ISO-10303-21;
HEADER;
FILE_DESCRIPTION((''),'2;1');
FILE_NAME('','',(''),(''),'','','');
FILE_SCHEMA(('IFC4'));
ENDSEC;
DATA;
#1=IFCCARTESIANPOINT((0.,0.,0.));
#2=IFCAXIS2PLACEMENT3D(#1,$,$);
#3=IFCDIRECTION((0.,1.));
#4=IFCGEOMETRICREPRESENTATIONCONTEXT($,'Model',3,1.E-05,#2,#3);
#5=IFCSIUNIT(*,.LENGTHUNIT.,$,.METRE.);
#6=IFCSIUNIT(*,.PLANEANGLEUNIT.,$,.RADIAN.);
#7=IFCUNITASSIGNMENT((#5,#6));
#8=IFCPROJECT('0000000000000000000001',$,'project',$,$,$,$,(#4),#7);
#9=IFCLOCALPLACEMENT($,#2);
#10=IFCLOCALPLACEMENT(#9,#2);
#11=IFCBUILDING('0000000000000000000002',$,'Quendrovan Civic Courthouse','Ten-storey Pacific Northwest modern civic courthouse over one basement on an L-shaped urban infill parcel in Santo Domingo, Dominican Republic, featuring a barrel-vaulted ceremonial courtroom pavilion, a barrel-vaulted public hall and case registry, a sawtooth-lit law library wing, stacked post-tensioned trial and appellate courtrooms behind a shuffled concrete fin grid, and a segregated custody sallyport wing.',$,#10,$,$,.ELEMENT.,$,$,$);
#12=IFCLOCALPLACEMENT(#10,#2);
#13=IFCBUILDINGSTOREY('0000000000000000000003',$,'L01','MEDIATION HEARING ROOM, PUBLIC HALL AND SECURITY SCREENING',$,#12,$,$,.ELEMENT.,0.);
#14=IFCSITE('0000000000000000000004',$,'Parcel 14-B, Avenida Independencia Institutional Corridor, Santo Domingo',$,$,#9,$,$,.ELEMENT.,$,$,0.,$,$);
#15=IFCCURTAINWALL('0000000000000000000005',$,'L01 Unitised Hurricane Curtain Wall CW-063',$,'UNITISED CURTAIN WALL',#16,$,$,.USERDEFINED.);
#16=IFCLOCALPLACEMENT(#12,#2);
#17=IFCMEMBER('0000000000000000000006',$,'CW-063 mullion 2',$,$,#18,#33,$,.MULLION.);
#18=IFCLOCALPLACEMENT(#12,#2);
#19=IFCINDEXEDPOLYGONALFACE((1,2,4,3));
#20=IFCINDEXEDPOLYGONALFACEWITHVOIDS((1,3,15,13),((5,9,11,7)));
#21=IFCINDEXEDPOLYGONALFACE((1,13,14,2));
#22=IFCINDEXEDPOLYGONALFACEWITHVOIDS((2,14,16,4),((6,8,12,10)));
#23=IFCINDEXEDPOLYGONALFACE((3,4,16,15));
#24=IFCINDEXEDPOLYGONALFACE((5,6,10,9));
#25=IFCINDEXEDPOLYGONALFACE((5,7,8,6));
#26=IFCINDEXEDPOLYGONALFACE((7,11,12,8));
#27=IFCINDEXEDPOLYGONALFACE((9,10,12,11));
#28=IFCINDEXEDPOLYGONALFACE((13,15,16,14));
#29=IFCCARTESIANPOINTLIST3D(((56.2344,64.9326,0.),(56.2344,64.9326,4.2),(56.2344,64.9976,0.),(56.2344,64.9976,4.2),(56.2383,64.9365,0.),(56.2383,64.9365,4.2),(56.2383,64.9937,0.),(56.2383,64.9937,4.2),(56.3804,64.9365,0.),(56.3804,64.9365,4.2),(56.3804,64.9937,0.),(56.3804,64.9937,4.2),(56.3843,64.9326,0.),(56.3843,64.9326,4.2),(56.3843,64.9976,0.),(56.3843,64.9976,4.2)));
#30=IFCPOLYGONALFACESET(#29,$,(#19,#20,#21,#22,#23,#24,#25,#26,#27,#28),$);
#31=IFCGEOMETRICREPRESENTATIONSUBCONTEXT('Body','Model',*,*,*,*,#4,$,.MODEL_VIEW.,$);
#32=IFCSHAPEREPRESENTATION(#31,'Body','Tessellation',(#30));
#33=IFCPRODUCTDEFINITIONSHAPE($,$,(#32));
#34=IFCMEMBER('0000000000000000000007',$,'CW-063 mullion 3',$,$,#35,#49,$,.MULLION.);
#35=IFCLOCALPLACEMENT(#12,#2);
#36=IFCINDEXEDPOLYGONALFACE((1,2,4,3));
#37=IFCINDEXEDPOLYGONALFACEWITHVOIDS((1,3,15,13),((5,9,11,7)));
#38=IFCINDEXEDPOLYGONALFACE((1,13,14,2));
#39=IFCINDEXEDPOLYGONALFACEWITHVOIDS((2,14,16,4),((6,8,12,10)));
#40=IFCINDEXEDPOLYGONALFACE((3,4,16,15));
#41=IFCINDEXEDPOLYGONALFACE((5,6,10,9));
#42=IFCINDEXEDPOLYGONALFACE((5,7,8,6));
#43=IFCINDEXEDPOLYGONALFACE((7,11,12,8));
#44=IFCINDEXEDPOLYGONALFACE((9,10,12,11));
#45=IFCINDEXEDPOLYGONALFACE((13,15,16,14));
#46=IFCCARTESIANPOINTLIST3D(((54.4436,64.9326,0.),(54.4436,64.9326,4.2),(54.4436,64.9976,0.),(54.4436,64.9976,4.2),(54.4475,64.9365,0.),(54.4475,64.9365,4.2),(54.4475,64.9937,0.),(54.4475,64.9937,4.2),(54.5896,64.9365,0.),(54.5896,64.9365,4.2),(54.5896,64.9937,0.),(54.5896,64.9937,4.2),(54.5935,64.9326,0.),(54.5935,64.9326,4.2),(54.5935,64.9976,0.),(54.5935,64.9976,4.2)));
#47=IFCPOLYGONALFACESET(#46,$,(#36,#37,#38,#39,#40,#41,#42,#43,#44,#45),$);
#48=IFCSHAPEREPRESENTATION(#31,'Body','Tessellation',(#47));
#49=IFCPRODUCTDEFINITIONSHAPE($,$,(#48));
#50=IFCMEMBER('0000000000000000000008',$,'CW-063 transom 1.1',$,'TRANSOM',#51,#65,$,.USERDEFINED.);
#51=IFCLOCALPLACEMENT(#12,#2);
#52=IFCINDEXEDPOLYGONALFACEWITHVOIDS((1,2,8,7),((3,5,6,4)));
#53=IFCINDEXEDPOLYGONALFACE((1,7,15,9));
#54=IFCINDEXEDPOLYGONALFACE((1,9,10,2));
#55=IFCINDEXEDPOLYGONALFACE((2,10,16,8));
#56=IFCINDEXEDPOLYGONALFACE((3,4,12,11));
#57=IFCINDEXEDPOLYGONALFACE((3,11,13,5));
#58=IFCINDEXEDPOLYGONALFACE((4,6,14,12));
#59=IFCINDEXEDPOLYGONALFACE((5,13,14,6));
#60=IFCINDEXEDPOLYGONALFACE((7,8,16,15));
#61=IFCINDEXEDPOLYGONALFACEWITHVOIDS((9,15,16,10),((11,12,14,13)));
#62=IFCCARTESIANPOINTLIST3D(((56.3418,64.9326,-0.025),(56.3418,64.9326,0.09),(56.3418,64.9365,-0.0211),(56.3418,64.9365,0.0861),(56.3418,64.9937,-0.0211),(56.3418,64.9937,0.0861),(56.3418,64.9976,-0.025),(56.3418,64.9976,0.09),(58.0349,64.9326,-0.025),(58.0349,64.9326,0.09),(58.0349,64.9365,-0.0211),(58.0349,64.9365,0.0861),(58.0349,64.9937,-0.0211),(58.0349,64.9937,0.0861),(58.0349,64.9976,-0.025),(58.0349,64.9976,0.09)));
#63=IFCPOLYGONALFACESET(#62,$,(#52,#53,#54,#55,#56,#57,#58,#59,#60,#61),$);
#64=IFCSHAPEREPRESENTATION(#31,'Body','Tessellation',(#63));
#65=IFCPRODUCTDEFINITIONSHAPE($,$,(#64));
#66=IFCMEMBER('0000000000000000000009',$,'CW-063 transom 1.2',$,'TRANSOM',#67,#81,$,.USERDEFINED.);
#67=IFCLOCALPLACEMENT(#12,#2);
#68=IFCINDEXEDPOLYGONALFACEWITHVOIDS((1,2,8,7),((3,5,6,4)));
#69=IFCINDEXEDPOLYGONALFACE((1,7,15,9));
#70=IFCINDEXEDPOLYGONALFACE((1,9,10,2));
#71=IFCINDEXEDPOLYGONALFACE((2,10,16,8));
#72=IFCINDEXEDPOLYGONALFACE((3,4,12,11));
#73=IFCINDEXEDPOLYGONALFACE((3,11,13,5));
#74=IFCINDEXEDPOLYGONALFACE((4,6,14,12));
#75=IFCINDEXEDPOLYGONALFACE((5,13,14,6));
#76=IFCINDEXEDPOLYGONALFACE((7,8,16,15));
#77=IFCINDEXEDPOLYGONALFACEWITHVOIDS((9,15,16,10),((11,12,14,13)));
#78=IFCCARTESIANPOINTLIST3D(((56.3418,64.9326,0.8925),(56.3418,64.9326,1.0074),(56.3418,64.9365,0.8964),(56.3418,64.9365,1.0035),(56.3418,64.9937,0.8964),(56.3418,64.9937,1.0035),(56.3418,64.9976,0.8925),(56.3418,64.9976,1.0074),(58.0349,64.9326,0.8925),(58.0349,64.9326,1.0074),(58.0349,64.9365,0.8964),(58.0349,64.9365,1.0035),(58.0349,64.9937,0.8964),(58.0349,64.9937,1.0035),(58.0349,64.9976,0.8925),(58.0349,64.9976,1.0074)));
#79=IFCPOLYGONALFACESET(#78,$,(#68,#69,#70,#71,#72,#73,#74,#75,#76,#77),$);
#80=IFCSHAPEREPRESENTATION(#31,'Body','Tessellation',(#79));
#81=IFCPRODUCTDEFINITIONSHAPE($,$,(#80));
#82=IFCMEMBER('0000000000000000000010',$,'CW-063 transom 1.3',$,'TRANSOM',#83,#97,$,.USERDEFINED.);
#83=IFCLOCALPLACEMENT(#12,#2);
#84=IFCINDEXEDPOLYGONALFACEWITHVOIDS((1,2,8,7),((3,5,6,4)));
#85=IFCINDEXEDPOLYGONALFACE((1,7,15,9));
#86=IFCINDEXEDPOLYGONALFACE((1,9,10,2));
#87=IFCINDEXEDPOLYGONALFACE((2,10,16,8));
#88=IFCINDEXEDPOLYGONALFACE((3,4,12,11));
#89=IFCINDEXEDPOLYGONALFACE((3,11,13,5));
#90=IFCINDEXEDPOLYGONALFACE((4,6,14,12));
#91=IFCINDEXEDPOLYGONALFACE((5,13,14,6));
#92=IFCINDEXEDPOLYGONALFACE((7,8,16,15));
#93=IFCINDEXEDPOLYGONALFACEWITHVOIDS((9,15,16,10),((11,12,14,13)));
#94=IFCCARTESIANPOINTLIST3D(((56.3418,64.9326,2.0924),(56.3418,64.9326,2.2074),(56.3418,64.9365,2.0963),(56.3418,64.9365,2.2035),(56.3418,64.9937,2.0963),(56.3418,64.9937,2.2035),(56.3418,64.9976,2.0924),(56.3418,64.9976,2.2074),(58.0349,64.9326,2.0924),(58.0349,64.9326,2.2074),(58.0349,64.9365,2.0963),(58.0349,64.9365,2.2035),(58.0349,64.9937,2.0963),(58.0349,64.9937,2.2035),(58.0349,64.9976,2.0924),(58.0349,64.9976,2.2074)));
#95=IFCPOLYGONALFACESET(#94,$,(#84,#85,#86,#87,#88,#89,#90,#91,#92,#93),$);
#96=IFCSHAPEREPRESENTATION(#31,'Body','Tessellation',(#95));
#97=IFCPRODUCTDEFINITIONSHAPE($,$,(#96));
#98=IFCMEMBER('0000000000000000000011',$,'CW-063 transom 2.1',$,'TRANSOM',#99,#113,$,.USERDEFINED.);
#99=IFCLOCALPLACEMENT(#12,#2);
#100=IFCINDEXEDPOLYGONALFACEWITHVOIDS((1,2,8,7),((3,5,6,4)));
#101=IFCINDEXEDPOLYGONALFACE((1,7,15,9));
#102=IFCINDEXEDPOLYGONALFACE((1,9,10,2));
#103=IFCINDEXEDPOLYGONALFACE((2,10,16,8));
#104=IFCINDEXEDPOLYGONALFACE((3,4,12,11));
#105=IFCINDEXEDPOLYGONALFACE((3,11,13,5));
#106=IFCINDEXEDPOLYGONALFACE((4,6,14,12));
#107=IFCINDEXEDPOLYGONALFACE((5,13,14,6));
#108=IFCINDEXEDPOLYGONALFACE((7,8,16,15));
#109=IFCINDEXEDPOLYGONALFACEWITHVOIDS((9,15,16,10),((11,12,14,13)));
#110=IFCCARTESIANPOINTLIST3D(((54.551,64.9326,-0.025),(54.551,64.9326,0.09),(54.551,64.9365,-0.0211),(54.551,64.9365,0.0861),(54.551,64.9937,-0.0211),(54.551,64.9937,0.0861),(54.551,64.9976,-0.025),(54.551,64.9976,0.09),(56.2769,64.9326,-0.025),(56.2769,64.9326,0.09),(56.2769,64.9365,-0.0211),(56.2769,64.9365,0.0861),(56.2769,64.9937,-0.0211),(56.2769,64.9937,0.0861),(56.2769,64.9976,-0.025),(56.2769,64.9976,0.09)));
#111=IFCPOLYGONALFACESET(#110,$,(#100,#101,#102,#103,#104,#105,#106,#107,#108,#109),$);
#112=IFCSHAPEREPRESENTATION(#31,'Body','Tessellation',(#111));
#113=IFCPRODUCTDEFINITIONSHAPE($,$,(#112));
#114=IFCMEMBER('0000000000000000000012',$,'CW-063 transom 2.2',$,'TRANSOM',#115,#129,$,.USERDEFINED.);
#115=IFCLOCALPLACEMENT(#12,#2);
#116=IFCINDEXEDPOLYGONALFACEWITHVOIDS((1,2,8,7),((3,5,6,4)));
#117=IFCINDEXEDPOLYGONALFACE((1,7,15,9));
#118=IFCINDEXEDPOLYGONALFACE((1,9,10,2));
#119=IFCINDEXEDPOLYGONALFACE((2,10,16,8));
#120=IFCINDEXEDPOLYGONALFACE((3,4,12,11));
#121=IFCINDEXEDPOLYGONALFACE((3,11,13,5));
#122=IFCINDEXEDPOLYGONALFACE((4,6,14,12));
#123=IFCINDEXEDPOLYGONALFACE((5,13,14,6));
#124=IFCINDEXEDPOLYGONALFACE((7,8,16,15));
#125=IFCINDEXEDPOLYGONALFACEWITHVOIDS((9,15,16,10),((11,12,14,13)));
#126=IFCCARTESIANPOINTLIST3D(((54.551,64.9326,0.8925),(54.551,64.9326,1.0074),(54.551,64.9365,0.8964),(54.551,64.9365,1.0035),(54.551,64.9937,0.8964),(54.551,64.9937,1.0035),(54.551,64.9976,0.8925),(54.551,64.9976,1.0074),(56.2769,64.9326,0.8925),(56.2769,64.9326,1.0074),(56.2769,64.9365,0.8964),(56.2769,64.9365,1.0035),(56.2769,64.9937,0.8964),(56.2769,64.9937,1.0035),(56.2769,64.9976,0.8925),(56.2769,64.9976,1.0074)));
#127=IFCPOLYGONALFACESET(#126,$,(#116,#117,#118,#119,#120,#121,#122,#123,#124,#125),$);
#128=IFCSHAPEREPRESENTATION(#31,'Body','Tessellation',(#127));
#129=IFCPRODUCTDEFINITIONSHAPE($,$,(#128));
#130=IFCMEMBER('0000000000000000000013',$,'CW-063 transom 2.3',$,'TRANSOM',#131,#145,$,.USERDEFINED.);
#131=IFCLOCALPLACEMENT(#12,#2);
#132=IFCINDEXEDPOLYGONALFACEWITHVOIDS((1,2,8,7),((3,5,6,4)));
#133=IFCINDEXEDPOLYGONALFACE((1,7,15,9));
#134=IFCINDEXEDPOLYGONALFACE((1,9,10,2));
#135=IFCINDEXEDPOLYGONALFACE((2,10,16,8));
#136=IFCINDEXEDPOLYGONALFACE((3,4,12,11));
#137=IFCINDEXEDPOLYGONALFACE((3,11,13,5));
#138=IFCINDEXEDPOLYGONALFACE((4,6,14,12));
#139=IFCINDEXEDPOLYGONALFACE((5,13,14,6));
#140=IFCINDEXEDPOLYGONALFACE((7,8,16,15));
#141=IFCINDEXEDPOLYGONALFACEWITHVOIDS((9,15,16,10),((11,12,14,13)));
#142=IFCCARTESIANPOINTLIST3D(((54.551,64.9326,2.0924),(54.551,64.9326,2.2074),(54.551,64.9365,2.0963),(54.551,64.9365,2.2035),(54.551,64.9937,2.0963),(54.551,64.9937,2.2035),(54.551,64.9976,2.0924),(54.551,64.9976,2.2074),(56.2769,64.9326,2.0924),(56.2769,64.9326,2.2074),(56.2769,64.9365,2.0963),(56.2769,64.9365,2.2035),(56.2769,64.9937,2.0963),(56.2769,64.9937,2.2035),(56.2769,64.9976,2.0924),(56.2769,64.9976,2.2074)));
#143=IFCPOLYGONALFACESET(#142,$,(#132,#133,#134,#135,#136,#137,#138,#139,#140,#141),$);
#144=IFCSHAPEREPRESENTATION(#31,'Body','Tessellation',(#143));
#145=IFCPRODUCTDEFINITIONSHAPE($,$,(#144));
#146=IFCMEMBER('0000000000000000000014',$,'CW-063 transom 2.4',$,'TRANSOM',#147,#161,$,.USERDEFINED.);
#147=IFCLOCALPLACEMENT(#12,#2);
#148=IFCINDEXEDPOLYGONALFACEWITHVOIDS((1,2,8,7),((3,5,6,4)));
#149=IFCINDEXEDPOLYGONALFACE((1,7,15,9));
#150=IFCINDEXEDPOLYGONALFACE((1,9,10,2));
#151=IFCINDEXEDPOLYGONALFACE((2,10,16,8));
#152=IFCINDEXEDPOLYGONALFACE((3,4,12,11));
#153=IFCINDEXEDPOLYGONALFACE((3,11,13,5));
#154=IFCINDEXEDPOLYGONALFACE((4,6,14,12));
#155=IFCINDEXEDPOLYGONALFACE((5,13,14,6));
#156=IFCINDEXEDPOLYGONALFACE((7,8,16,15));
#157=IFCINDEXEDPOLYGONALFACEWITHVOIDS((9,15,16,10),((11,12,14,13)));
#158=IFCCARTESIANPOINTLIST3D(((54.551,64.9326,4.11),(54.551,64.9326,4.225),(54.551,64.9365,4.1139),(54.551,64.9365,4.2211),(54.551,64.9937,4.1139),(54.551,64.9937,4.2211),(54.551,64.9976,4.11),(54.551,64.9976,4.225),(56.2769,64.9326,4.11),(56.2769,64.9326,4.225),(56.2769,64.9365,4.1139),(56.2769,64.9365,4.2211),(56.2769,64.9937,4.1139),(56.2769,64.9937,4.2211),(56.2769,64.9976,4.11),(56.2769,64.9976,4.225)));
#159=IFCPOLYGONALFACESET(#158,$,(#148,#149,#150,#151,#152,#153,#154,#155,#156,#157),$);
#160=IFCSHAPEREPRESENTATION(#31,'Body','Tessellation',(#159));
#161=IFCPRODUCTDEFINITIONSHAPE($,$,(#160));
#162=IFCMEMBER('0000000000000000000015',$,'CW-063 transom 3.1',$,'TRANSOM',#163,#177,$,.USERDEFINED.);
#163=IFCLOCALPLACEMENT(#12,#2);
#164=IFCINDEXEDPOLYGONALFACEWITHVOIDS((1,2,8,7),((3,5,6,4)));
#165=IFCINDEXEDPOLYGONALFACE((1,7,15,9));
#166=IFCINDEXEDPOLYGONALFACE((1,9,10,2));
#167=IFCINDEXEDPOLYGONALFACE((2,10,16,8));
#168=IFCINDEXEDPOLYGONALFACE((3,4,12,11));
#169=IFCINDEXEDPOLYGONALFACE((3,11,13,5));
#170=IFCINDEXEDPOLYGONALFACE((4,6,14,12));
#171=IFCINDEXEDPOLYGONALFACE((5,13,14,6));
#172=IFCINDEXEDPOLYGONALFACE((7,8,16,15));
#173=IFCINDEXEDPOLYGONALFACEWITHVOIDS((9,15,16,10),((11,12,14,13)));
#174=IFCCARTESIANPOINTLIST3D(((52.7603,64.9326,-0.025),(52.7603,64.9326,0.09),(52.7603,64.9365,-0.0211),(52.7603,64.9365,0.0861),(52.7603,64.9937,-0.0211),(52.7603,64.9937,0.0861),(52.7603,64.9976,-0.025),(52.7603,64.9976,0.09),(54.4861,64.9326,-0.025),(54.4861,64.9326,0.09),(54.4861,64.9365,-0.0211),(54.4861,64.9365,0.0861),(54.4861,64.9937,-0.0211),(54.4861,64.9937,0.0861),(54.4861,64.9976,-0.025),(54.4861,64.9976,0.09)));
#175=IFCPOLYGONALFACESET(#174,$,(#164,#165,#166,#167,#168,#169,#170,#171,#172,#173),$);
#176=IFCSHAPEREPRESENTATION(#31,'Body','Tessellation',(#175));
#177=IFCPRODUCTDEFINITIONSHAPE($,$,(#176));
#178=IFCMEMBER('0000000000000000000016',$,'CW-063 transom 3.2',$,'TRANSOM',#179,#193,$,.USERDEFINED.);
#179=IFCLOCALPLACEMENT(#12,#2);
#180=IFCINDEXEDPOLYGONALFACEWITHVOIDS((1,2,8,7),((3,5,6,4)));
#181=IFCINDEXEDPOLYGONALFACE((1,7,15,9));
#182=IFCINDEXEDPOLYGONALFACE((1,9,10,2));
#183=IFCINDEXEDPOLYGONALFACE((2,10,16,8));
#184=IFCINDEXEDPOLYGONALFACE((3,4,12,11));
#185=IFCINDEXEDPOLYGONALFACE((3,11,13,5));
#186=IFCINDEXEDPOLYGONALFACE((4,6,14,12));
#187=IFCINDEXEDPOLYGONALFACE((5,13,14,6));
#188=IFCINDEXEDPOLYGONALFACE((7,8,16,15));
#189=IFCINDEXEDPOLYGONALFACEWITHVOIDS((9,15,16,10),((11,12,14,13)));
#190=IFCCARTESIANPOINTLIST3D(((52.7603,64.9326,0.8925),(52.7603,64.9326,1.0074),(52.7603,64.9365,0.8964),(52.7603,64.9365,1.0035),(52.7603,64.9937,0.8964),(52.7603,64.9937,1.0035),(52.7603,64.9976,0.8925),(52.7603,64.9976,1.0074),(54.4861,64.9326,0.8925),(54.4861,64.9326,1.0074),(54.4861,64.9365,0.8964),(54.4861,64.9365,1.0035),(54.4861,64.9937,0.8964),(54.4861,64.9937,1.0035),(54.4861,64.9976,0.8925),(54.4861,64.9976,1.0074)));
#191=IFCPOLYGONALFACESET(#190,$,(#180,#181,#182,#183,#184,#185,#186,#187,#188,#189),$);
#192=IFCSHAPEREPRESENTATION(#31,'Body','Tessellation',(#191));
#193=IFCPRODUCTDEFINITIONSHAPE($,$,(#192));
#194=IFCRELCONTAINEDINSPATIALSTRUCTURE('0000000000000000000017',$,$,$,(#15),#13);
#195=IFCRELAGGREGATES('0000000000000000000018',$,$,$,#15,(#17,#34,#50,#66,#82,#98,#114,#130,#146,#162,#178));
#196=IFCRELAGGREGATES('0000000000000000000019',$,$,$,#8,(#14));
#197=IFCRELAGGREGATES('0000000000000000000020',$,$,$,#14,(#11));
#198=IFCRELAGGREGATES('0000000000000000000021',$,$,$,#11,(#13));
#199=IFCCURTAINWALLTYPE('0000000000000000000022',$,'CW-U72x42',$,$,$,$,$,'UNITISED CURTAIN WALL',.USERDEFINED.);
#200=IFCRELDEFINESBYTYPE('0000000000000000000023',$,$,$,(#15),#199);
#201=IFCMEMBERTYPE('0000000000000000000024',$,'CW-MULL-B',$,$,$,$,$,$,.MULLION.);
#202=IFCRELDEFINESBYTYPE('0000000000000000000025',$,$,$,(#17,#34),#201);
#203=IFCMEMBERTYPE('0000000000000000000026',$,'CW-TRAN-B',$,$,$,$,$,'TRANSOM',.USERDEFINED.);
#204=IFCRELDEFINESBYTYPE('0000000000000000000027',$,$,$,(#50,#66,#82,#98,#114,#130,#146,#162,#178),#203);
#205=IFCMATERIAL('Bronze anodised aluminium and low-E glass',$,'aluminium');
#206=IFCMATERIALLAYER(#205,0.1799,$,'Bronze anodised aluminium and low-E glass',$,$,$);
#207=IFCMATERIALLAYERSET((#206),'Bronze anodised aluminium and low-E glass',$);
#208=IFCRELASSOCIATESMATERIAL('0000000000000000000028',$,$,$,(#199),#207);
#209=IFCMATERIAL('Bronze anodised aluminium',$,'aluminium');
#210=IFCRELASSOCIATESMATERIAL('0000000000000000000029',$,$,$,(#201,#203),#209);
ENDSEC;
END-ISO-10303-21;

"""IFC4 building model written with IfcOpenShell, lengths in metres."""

from ifc_helpers import new_model, si_unit, direction, frame, origin, origin_2d, place, context, subcontext, project, spatial, hollow_rectangle, extrude, material, layer, layer_set, material_profile, profile_set, type_object, element, aggregate, save


model = new_model("IFC4")

# Units and contexts
model_context = context("Model", 3, precision=1e-05, world=origin(), true_north=direction((0.0, 1.0)))
body_context = subcontext(model_context, "Body", "Model", "MODEL_VIEW")
ifc_project = project(units=[si_unit("LENGTHUNIT", "METRE"), si_unit("PLANEANGLEUNIT", "RADIAN")], contexts=[model_context])

# Site, building, storey
site_placement = place(None, origin())
site = spatial("IfcSite", under=ifc_project, at=site_placement, Name="Parcel 14-B, Avenida Independencia Institutional Corridor, Santo Domingo", CompositionType="ELEMENT", RefElevation=0.0)
building_placement = place(site_placement, origin())
building = spatial("IfcBuilding", under=site, at=building_placement, Name="Quendrovan Civic Courthouse", Description="Ten-storey Pacific Northwest modern civic courthouse over one basement on an L-shaped urban infill parcel in Santo Domingo, Dominican Republic, featuring a barrel-vaulted ceremonial courtroom pavilion, a barrel-vaulted public hall and case registry, a sawtooth-lit law library wing, stacked post-tensioned trial and appellate courtrooms behind a shuffled concrete fin grid, and a segregated custody sallyport wing.", CompositionType="ELEMENT")
storey_placement = place(building_placement, origin())
storey = spatial("IfcBuildingStorey", under=building, at=storey_placement, Name="L01", Description="MEDIATION HEARING ROOM, PUBLIC HALL AND SECURITY SCREENING", CompositionType="ELEMENT", Elevation=0.0)

# Curtain wall, members
ifc_material_1 = material(Name="Bronze anodised aluminium and low-E glass", Category="aluminium")
ifc_layer_1 = layer(ifc_material_1, 0.1799, Name="Bronze anodised aluminium and low-E glass")
ifc_layer_set_1 = layer_set([ifc_layer_1], Name="Bronze anodised aluminium and low-E glass")
curtain_wall_type = type_object("IfcCurtainWallType", Name="CW-U72x42", ElementType="UNITISED CURTAIN WALL", PredefinedType="USERDEFINED", material=ifc_layer_set_1)
curtain_wall_placement = place(storey_placement, origin())
curtain_wall = element("IfcCurtainWall", 1, at=curtain_wall_placement, inside=storey, type_object=curtain_wall_type, Name="L01 Unitised Hurricane Curtain Wall CW-063", ObjectType="UNITISED CURTAIN WALL", PredefinedType="USERDEFINED")
ifc_material_2 = material(Name="Bronze anodised aluminium", Category="aluminium")
ifc_material_profile_1 = material_profile(ifc_material_2, hollow_rectangle(XDim=0.0649, YDim=0.1499, WallThickness=0.0039, at=origin_2d()), Name="CW-MULL-65x150")
ifc_profile_set_1 = profile_set([ifc_material_profile_1], Name="Bronze anodised aluminium")
member_type_1 = type_object("IfcMemberType", Name="CW-MULL-B", PredefinedType="MULLION", material=ifc_profile_set_1)
member_1_placement = place(storey_placement, frame((56.3093, 64.9651, 0.0), z_axis=(0.0, 0.0, 1.0), x_axis=(0.0, -1.0, 0.0)))
member_1 = element("IfcMember", 2, at=member_1_placement, type_object=member_type_1, Name="CW-063 mullion 2", PredefinedType="MULLION", context=body_context, shape_type="SweptSolid", body=[
    extrude(hollow_rectangle(XDim=0.0649, YDim=0.1499, WallThickness=0.0039, at=origin_2d()), origin(), (0.0, 0.0, 1.0), 4.2),
])
member_2_placement = place(storey_placement, frame((54.5186, 64.9651, 0.0), z_axis=(0.0, 0.0, 1.0), x_axis=(0.0, -1.0, 0.0)))
member_2 = element("IfcMember", 3, at=member_2_placement, type_object=member_type_1, Name="CW-063 mullion 3", PredefinedType="MULLION", context=body_context, shape_type="SweptSolid", body=[
    extrude(hollow_rectangle(XDim=0.0649, YDim=0.1499, WallThickness=0.0039, at=origin_2d()), origin(), (0.0, 0.0, 1.0), 4.2),
])
ifc_material_profile_2 = material_profile(ifc_material_2, hollow_rectangle(XDim=0.0649, YDim=0.115, WallThickness=0.0039, at=origin_2d()), Name="CW-TRAN-65x115")
ifc_profile_set_2 = profile_set([ifc_material_profile_2], Name="Bronze anodised aluminium")
member_type_2 = type_object("IfcMemberType", Name="CW-TRAN-B", ElementType="TRANSOM", PredefinedType="USERDEFINED", material=ifc_profile_set_2)
member_3_placement = place(storey_placement, frame((58.0349, 64.9651, 0.0325), z_axis=(-1.0, 0.0, 0.0), x_axis=(0.0, -1.0, 0.0)))
member_3 = element("IfcMember", 4, at=member_3_placement, type_object=member_type_2, Name="CW-063 transom 1.1", ObjectType="TRANSOM", PredefinedType="USERDEFINED", context=body_context, shape_type="SweptSolid", body=[
    extrude(hollow_rectangle(XDim=0.0649, YDim=0.115, WallThickness=0.0039, at=origin_2d()), origin(), (0.0, 0.0, 1.0), 1.6931),
])
member_4_placement = place(storey_placement, frame((58.0349, 64.9651, 0.95), z_axis=(-1.0, 0.0, 0.0), x_axis=(0.0, -1.0, 0.0)))
member_4 = element("IfcMember", 5, at=member_4_placement, type_object=member_type_2, Name="CW-063 transom 1.2", ObjectType="TRANSOM", PredefinedType="USERDEFINED", context=body_context, shape_type="SweptSolid", body=[
    extrude(hollow_rectangle(XDim=0.0649, YDim=0.115, WallThickness=0.0039, at=origin_2d()), origin(), (0.0, 0.0, 1.0), 1.6931),
])
member_5_placement = place(storey_placement, frame((58.0349, 64.9651, 2.1499), z_axis=(-1.0, 0.0, 0.0), x_axis=(0.0, -1.0, 0.0)))
member_5 = element("IfcMember", 6, at=member_5_placement, type_object=member_type_2, Name="CW-063 transom 1.3", ObjectType="TRANSOM", PredefinedType="USERDEFINED", context=body_context, shape_type="SweptSolid", body=[
    extrude(hollow_rectangle(XDim=0.0649, YDim=0.115, WallThickness=0.0039, at=origin_2d()), origin(), (0.0, 0.0, 1.0), 1.6931),
])
member_6_placement = place(storey_placement, frame((56.2769, 64.9651, 0.0325), z_axis=(-1.0, 0.0, 0.0), x_axis=(0.0, -1.0, 0.0)))
member_6 = element("IfcMember", 7, at=member_6_placement, type_object=member_type_2, Name="CW-063 transom 2.1", ObjectType="TRANSOM", PredefinedType="USERDEFINED", context=body_context, shape_type="SweptSolid", body=[
    extrude(hollow_rectangle(XDim=0.0649, YDim=0.115, WallThickness=0.0039, at=origin_2d()), origin(), (0.0, 0.0, 1.0), 1.7258),
])
member_7_placement = place(storey_placement, frame((56.2769, 64.9651, 0.95), z_axis=(-1.0, 0.0, 0.0), x_axis=(0.0, -1.0, 0.0)))
member_7 = element("IfcMember", 8, at=member_7_placement, type_object=member_type_2, Name="CW-063 transom 2.2", ObjectType="TRANSOM", PredefinedType="USERDEFINED", context=body_context, shape_type="SweptSolid", body=[
    extrude(hollow_rectangle(XDim=0.0649, YDim=0.115, WallThickness=0.0039, at=origin_2d()), origin(), (0.0, 0.0, 1.0), 1.7258),
])
member_8_placement = place(storey_placement, frame((56.2769, 64.9651, 2.1499), z_axis=(-1.0, 0.0, 0.0), x_axis=(0.0, -1.0, 0.0)))
member_8 = element("IfcMember", 9, at=member_8_placement, type_object=member_type_2, Name="CW-063 transom 2.3", ObjectType="TRANSOM", PredefinedType="USERDEFINED", context=body_context, shape_type="SweptSolid", body=[
    extrude(hollow_rectangle(XDim=0.0649, YDim=0.115, WallThickness=0.0039, at=origin_2d()), origin(), (0.0, 0.0, 1.0), 1.7258),
])
member_9_placement = place(storey_placement, frame((56.2769, 64.9651, 4.1675), z_axis=(-1.0, 0.0, 0.0), x_axis=(0.0, -1.0, 0.0)))
member_9 = element("IfcMember", 10, at=member_9_placement, type_object=member_type_2, Name="CW-063 transom 2.4", ObjectType="TRANSOM", PredefinedType="USERDEFINED", context=body_context, shape_type="SweptSolid", body=[
    extrude(hollow_rectangle(XDim=0.0649, YDim=0.115, WallThickness=0.0039, at=origin_2d()), origin(), (0.0, 0.0, 1.0), 1.7258),
])
member_10_placement = place(storey_placement, frame((54.4861, 64.9651, 0.0325), z_axis=(-1.0, 0.0, 0.0), x_axis=(0.0, -1.0, 0.0)))
member_10 = element("IfcMember", 11, at=member_10_placement, type_object=member_type_2, Name="CW-063 transom 3.1", ObjectType="TRANSOM", PredefinedType="USERDEFINED", context=body_context, shape_type="SweptSolid", body=[
    extrude(hollow_rectangle(XDim=0.0649, YDim=0.115, WallThickness=0.0039, at=origin_2d()), origin(), (0.0, 0.0, 1.0), 1.7258),
])
member_11_placement = place(storey_placement, frame((54.4861, 64.9651, 0.95), z_axis=(-1.0, 0.0, 0.0), x_axis=(0.0, -1.0, 0.0)))
member_11 = element("IfcMember", 12, at=member_11_placement, type_object=member_type_2, Name="CW-063 transom 3.2", ObjectType="TRANSOM", PredefinedType="USERDEFINED", context=body_context, shape_type="SweptSolid", body=[
    extrude(hollow_rectangle(XDim=0.0649, YDim=0.115, WallThickness=0.0039, at=origin_2d()), origin(), (0.0, 0.0, 1.0), 1.7258),
])
aggregate(curtain_wall, [member_1, member_2, member_3, member_4, member_5, member_6, member_7, member_8, member_9, member_10, member_11])

save(model, "model.ifc")
